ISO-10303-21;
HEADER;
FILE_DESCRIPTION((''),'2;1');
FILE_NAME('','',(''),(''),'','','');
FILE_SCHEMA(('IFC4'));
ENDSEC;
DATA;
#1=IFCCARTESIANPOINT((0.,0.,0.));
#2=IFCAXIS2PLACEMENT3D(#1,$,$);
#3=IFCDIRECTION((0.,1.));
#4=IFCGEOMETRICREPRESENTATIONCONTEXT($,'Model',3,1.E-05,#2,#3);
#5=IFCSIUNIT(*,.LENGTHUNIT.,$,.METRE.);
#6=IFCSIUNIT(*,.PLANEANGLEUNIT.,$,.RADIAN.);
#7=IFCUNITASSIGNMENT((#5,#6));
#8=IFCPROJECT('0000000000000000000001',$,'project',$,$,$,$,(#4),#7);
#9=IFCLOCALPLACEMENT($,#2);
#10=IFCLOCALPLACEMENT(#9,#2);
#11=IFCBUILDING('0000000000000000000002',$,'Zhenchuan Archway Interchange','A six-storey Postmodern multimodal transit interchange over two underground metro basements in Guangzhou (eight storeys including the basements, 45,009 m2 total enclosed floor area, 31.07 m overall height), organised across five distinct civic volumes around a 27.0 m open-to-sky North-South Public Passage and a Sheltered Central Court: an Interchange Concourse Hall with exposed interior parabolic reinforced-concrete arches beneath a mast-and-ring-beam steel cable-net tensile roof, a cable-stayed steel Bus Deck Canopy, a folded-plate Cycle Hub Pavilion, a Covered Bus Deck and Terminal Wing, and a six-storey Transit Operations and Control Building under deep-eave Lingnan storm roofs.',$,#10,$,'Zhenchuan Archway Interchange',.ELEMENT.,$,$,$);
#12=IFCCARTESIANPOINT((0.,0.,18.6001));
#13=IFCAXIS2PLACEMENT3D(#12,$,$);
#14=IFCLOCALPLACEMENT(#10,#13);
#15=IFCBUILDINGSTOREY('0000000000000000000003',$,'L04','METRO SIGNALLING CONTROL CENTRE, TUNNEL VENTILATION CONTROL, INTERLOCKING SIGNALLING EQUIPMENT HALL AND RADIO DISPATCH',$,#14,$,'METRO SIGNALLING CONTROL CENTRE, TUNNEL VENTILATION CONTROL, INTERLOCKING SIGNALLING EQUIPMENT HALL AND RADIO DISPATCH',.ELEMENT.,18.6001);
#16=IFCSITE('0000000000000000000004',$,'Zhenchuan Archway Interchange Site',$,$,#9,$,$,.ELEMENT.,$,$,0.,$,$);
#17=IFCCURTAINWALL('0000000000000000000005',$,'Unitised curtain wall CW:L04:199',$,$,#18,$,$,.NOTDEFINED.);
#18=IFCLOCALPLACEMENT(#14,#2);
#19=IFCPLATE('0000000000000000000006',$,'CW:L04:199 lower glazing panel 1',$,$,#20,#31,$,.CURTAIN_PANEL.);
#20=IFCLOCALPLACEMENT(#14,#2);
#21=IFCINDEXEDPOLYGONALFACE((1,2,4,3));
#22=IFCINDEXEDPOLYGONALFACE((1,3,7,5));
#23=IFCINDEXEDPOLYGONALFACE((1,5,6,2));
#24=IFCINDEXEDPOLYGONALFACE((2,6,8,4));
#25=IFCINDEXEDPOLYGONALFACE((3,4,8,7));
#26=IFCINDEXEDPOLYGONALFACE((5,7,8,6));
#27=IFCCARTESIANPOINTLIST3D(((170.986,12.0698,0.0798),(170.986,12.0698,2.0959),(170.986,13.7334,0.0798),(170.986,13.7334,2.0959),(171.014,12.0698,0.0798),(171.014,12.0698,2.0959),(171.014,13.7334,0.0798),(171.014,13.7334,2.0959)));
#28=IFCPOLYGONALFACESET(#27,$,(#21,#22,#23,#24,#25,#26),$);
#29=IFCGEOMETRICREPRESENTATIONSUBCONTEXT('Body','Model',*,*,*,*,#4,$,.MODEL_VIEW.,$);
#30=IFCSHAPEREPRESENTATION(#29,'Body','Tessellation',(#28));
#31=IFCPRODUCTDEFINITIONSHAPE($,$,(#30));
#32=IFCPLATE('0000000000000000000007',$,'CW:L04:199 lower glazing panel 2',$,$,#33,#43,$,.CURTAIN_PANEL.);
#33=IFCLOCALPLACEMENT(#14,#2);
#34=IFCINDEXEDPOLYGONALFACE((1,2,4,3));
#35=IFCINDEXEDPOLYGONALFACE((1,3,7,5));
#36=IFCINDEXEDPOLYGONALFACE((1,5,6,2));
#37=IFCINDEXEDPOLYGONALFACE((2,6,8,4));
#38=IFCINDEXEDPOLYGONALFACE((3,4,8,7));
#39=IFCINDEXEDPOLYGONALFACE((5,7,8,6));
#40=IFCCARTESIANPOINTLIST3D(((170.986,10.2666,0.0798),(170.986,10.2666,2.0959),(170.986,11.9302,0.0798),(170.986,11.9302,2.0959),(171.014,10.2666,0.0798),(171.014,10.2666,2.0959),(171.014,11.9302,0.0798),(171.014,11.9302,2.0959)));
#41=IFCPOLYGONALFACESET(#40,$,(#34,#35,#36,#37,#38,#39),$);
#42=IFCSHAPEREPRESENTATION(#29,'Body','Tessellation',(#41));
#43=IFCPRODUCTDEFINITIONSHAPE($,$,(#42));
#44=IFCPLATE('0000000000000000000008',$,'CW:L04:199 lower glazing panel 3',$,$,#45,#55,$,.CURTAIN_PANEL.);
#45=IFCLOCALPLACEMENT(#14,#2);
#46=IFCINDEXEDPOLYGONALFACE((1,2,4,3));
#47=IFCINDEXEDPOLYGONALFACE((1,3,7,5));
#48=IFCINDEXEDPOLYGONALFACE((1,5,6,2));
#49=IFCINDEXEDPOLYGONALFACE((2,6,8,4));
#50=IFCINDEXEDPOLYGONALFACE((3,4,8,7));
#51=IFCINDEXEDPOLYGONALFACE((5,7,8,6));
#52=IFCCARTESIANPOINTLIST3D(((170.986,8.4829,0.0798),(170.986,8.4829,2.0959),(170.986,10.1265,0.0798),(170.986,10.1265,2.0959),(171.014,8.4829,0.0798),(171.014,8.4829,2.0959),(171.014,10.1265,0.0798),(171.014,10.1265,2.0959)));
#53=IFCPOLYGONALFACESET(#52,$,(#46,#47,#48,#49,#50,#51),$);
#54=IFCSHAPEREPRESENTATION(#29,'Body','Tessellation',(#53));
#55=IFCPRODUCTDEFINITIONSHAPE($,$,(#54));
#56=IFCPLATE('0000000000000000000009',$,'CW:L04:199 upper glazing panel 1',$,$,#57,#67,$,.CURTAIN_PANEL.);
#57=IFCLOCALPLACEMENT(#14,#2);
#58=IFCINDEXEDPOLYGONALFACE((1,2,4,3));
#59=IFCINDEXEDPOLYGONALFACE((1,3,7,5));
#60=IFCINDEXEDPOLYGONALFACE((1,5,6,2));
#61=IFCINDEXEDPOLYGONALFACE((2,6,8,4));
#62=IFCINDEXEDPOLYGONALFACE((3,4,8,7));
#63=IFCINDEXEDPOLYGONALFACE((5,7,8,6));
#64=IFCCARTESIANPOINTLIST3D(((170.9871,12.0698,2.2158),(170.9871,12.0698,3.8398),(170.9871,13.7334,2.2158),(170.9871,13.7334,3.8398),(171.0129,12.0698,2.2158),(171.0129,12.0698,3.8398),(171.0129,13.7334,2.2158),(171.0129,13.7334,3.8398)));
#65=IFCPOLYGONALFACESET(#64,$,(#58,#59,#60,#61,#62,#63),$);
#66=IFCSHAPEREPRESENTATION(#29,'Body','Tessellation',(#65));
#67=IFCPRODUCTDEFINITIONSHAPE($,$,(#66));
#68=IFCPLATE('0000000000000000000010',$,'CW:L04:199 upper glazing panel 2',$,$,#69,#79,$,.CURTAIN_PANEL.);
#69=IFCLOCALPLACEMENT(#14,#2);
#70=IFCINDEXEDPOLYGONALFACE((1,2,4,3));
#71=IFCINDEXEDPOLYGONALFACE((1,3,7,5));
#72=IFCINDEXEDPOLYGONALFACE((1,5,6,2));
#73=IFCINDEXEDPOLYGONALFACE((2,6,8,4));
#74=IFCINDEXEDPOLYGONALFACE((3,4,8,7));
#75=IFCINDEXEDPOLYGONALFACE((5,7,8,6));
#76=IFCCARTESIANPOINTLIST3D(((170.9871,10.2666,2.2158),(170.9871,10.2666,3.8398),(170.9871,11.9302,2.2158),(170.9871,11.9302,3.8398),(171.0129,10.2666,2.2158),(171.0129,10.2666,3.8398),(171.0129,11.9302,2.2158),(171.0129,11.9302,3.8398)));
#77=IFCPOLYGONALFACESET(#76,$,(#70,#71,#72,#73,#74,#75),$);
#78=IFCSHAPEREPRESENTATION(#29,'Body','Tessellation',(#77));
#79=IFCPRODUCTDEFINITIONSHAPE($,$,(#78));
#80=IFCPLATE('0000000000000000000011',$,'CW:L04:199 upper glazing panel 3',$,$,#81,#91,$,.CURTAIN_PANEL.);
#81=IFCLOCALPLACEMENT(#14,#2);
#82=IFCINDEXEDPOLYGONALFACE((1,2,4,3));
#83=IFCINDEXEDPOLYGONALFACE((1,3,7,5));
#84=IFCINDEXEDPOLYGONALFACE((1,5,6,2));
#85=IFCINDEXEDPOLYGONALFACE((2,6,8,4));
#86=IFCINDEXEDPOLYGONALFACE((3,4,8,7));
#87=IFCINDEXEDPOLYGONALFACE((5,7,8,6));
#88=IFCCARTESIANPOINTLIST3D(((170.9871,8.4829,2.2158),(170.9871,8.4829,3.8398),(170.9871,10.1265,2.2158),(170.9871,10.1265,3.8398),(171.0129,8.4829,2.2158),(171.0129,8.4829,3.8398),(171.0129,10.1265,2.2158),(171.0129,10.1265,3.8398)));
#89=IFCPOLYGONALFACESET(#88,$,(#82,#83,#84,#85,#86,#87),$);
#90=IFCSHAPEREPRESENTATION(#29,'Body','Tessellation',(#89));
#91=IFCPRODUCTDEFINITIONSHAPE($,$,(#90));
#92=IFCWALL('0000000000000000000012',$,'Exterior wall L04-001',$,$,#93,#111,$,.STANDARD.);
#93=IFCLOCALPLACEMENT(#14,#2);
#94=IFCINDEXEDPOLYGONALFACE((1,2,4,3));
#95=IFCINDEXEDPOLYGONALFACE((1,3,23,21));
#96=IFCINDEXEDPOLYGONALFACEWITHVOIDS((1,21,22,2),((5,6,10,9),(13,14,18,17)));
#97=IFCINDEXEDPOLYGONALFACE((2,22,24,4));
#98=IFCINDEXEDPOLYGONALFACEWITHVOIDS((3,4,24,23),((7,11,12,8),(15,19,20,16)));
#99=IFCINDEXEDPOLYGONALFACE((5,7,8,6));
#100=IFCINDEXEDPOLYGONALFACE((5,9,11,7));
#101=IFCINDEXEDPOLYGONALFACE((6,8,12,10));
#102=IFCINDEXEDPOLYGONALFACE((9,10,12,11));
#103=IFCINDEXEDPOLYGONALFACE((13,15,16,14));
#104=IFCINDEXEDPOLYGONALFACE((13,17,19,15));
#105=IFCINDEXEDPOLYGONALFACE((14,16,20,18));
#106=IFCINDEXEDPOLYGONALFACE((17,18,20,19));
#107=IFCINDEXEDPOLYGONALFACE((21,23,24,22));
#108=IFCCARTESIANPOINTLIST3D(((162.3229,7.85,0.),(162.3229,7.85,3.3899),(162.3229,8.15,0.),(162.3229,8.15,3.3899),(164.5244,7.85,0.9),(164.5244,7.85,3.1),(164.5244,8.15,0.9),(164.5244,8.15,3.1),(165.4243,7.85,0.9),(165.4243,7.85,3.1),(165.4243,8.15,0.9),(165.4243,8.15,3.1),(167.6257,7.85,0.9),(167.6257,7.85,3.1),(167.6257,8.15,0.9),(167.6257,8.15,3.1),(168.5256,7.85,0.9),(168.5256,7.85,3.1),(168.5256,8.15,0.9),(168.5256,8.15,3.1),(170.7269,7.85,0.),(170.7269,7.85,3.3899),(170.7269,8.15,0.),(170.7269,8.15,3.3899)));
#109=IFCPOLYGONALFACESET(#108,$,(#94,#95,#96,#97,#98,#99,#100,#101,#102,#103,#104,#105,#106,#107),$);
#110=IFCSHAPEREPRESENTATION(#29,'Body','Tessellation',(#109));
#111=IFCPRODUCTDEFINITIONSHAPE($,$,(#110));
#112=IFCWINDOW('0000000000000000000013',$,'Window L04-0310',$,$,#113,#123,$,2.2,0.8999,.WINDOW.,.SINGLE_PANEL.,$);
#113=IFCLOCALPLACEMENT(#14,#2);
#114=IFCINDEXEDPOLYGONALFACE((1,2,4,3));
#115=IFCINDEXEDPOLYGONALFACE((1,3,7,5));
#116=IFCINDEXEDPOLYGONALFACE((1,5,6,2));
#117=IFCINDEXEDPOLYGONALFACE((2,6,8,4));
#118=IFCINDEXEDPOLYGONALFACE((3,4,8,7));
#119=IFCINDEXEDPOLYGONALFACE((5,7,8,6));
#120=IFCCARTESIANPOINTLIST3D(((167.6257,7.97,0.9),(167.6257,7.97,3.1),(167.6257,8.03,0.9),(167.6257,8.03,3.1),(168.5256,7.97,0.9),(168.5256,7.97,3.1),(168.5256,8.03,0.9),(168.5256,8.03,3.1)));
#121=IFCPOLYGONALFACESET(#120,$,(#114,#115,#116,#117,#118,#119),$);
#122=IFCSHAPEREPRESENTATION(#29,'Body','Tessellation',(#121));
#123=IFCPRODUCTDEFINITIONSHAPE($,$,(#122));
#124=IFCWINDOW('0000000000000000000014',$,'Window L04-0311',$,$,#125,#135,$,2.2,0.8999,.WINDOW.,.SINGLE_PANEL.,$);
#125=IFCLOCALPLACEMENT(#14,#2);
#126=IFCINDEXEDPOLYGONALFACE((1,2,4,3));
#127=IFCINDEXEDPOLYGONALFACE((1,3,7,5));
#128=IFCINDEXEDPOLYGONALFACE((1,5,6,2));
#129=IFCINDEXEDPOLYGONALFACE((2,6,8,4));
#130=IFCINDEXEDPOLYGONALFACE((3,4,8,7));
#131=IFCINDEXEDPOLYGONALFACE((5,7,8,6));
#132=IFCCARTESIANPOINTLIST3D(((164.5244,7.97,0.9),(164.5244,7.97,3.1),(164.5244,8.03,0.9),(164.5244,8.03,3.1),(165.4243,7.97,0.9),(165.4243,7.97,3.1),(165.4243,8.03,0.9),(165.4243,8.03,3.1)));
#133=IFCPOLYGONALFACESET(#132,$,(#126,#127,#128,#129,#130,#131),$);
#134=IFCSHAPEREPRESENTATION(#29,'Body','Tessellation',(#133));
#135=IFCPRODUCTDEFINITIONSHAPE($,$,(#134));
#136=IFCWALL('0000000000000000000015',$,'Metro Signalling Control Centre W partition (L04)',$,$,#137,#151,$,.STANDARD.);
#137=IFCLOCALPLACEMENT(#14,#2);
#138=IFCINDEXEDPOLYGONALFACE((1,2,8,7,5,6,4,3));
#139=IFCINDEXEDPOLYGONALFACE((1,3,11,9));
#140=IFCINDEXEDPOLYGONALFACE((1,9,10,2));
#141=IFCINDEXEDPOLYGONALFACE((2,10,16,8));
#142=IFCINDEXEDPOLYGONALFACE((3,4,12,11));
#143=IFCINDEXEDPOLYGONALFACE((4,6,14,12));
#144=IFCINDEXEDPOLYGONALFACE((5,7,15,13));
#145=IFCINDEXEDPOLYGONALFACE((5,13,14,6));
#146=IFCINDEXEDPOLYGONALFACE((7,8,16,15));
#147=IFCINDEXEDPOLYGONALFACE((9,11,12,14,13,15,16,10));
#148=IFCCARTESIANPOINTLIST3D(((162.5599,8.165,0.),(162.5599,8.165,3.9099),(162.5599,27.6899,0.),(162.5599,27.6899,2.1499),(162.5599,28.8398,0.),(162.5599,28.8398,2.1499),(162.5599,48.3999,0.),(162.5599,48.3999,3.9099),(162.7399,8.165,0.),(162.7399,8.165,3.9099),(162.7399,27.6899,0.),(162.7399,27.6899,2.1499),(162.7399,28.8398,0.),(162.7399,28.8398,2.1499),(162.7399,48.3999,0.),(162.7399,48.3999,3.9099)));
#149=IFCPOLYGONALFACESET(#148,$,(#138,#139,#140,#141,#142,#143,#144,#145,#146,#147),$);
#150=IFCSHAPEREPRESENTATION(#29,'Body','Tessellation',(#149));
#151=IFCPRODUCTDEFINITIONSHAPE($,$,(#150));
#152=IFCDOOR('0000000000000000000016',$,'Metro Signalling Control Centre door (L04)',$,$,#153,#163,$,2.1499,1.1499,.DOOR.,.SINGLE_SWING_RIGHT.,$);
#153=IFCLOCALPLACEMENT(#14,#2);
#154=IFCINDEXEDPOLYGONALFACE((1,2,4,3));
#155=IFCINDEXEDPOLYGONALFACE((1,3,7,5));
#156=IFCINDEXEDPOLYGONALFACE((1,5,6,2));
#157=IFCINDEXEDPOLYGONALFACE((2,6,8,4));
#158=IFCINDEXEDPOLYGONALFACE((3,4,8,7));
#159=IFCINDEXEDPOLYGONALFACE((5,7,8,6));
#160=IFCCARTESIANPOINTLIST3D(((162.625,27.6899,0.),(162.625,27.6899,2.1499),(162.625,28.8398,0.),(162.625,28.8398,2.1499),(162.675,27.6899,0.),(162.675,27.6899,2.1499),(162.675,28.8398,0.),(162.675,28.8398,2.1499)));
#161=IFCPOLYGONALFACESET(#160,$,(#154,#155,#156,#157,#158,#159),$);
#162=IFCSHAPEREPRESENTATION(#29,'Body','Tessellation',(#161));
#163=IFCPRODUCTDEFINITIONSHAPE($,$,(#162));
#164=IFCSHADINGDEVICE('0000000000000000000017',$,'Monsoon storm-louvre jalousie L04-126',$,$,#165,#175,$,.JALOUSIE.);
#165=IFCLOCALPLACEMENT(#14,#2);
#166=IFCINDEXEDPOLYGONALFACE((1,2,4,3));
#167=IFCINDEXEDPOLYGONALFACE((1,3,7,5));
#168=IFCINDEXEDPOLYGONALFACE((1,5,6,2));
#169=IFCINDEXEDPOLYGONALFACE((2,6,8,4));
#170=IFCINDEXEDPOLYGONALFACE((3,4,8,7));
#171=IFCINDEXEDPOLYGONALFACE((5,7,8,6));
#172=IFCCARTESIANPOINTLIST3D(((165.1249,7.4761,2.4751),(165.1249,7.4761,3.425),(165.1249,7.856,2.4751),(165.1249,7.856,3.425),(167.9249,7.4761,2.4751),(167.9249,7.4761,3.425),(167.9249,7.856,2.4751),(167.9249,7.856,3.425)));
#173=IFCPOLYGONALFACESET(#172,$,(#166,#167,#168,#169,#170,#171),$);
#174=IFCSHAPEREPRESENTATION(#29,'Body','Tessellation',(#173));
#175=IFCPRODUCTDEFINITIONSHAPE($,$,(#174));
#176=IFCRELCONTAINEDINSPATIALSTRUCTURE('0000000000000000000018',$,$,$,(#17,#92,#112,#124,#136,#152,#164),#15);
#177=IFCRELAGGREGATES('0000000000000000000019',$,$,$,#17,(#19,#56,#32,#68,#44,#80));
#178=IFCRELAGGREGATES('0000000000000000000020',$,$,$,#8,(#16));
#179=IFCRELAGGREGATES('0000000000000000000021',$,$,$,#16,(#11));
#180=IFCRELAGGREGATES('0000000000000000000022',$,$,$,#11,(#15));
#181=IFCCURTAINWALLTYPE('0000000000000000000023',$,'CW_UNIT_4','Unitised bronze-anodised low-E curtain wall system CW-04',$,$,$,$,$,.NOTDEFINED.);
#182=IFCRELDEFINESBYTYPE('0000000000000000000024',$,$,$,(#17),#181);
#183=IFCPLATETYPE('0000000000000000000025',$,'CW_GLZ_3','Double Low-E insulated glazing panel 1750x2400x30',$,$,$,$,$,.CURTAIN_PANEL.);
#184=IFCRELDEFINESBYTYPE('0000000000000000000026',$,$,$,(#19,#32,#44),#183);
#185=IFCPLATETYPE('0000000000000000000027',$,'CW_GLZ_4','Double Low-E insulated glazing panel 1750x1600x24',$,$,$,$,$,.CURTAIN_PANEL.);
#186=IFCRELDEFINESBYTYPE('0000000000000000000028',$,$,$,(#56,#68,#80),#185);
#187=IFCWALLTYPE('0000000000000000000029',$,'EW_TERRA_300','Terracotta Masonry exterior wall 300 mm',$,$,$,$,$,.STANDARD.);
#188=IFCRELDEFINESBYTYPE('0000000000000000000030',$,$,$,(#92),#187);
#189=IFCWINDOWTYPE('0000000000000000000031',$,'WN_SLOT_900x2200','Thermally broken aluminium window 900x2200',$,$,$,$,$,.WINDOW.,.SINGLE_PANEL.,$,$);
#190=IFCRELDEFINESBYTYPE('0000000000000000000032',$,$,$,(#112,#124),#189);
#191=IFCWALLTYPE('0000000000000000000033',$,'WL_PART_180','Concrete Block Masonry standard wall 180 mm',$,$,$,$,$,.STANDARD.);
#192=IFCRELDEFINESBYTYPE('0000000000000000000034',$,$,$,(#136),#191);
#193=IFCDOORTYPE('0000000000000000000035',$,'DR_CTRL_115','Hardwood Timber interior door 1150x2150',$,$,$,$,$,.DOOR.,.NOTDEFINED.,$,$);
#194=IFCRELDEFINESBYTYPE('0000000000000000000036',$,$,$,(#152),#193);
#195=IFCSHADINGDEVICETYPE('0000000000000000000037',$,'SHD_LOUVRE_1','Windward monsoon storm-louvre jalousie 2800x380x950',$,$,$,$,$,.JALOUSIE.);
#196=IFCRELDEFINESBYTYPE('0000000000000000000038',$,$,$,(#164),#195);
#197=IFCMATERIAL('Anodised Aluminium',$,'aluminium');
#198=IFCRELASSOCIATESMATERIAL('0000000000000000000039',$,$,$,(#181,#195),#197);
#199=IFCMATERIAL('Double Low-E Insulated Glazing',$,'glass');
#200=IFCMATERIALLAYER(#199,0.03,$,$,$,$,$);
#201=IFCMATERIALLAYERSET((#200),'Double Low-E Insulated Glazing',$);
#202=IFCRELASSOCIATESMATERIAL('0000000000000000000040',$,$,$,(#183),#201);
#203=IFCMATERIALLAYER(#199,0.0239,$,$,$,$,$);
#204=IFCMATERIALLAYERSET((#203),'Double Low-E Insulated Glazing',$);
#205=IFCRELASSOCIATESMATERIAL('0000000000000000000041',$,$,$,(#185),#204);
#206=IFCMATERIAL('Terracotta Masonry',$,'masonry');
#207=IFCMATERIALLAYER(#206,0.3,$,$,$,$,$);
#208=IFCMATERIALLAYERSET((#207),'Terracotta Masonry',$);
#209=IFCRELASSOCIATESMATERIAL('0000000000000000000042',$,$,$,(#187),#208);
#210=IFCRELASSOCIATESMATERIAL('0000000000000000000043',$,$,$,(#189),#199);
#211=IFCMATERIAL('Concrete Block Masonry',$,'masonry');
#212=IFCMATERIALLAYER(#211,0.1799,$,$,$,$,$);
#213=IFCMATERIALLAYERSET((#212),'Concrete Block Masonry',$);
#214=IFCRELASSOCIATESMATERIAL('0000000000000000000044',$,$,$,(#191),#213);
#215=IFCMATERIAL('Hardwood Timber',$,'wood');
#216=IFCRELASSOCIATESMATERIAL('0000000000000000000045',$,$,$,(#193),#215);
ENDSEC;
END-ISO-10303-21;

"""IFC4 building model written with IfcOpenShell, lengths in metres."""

from ifc_helpers import new_model, si_unit, direction, frame, frame_2d, origin, origin_2d, place, context, subcontext, project, spatial, rectangle, extrude, material, layer, layer_set, type_object, element, fill, aggregate, save


model = new_model("IFC4")

# Units and contexts
model_context = context("Model", 3, precision=1e-05, world=origin(), true_north=direction((0.0, 1.0)))
body_context = subcontext(model_context, "Body", "Model", "MODEL_VIEW")
ifc_project = project(units=[si_unit("LENGTHUNIT", "METRE"), si_unit("PLANEANGLEUNIT", "RADIAN")], contexts=[model_context])

# Site, building, storey
site_placement = place(None, origin())
site = spatial("IfcSite", under=ifc_project, at=site_placement, Name="Zhenchuan Archway Interchange Site", CompositionType="ELEMENT", RefElevation=0.0)
building_placement = place(site_placement, origin())
building = spatial("IfcBuilding", under=site, at=building_placement, Name="Zhenchuan Archway Interchange", Description="A six-storey Postmodern multimodal transit interchange over two underground metro basements in Guangzhou (eight storeys including the basements, 45,009 m2 total enclosed floor area, 31.07 m overall height), organised across five distinct civic volumes around a 27.0 m open-to-sky North-South Public Passage and a Sheltered Central Court: an Interchange Concourse Hall with exposed interior parabolic reinforced-concrete arches beneath a mast-and-ring-beam steel cable-net tensile roof, a cable-stayed steel Bus Deck Canopy, a folded-plate Cycle Hub Pavilion, a Covered Bus Deck and Terminal Wing, and a six-storey Transit Operations and Control Building under deep-eave Lingnan storm roofs.", LongName="Zhenchuan Archway Interchange", CompositionType="ELEMENT")
storey_placement = place(building_placement, frame((0.0, 0.0, 18.6001)))
storey = spatial("IfcBuildingStorey", under=building, at=storey_placement, Name="L04", Description="METRO SIGNALLING CONTROL CENTRE, TUNNEL VENTILATION CONTROL, INTERLOCKING SIGNALLING EQUIPMENT HALL AND RADIO DISPATCH", LongName="METRO SIGNALLING CONTROL CENTRE, TUNNEL VENTILATION CONTROL, INTERLOCKING SIGNALLING EQUIPMENT HALL AND RADIO DISPATCH", CompositionType="ELEMENT", Elevation=18.6001)

# Curtain wall
ifc_material_1 = material(Name="Anodised Aluminium", Category="aluminium")
curtain_wall_type = type_object("IfcCurtainWallType", Name="CW_UNIT_4", Description="Unitised bronze-anodised low-E curtain wall system CW-04", PredefinedType="NOTDEFINED", material=ifc_material_1)
curtain_wall_placement = place(storey_placement, origin())
curtain_wall = element("IfcCurtainWall", 1, at=curtain_wall_placement, inside=storey, type_object=curtain_wall_type, Name="Unitised curtain wall CW:L04:199", PredefinedType="NOTDEFINED")

# Plates
ifc_material_2 = material(Name="Double Low-E Insulated Glazing", Category="glass")
ifc_layer_1 = layer(ifc_material_2, 0.03)
ifc_layer_set_1 = layer_set([ifc_layer_1], Name="Double Low-E Insulated Glazing")
plate_type_1 = type_object("IfcPlateType", Name="CW_GLZ_3", Description="Double Low-E insulated glazing panel 1750x2400x30", PredefinedType="CURTAIN_PANEL", material=ifc_layer_set_1)
plate_1_placement = place(storey_placement, frame((171.0, 12.9016, 0.0798), z_axis=(0.0, 0.0, 1.0), x_axis=(0.0, -1.0, 0.0)))
plate_1 = element("IfcPlate", 2, at=plate_1_placement, type_object=plate_type_1, Name="CW:L04:199 lower glazing panel 1", PredefinedType="CURTAIN_PANEL", context=body_context, shape_type="SweptSolid", body=[
    extrude(rectangle(XDim=1.6636, YDim=0.0281, at=origin_2d()), origin(), (0.0, 0.0, 1.0), 2.0161),
])
plate_2_placement = place(storey_placement, frame((171.0, 11.0984, 0.0798), z_axis=(0.0, 0.0, 1.0), x_axis=(0.0, -1.0, 0.0)))
plate_2 = element("IfcPlate", 3, at=plate_2_placement, type_object=plate_type_1, Name="CW:L04:199 lower glazing panel 2", PredefinedType="CURTAIN_PANEL", context=body_context, shape_type="SweptSolid", body=[
    extrude(rectangle(XDim=1.6636, YDim=0.0281, at=origin_2d()), origin(), (0.0, 0.0, 1.0), 2.0161),
])
plate_3_placement = place(storey_placement, frame((171.0, 9.3047, 0.0798), z_axis=(0.0, 0.0, 1.0), x_axis=(0.0, -1.0, 0.0)))
plate_3 = element("IfcPlate", 4, at=plate_3_placement, type_object=plate_type_1, Name="CW:L04:199 lower glazing panel 3", PredefinedType="CURTAIN_PANEL", context=body_context, shape_type="SweptSolid", body=[
    extrude(rectangle(XDim=1.6436, YDim=0.0281, at=origin_2d()), origin(), (0.0, 0.0, 1.0), 2.0161),
])
ifc_layer_2 = layer(ifc_material_2, 0.0239)
ifc_layer_set_2 = layer_set([ifc_layer_2], Name="Double Low-E Insulated Glazing")
plate_type_2 = type_object("IfcPlateType", Name="CW_GLZ_4", Description="Double Low-E insulated glazing panel 1750x1600x24", PredefinedType="CURTAIN_PANEL", material=ifc_layer_set_2)
plate_4_placement = place(storey_placement, frame((171.0, 12.9016, 2.2158), z_axis=(0.0, 0.0, 1.0), x_axis=(0.0, -1.0, 0.0)))
plate_4 = element("IfcPlate", 5, at=plate_4_placement, type_object=plate_type_2, Name="CW:L04:199 upper glazing panel 1", PredefinedType="CURTAIN_PANEL", context=body_context, shape_type="SweptSolid", body=[
    extrude(rectangle(XDim=1.6636, YDim=0.0259, at=origin_2d()), origin(), (0.0, 0.0, 1.0), 1.624),
])
plate_5_placement = place(storey_placement, frame((171.0, 11.0984, 2.2158), z_axis=(0.0, 0.0, 1.0), x_axis=(0.0, -1.0, 0.0)))
plate_5 = element("IfcPlate", 6, at=plate_5_placement, type_object=plate_type_2, Name="CW:L04:199 upper glazing panel 2", PredefinedType="CURTAIN_PANEL", context=body_context, shape_type="SweptSolid", body=[
    extrude(rectangle(XDim=1.6636, YDim=0.0259, at=origin_2d()), origin(), (0.0, 0.0, 1.0), 1.624),
])
plate_6_placement = place(storey_placement, frame((171.0, 9.3047, 2.2158), z_axis=(0.0, 0.0, 1.0), x_axis=(0.0, -1.0, 0.0)))
plate_6 = element("IfcPlate", 7, at=plate_6_placement, type_object=plate_type_2, Name="CW:L04:199 upper glazing panel 3", PredefinedType="CURTAIN_PANEL", context=body_context, shape_type="SweptSolid", body=[
    extrude(rectangle(XDim=1.6436, YDim=0.0259, at=origin_2d()), origin(), (0.0, 0.0, 1.0), 1.624),
])
aggregate(curtain_wall, [plate_1, plate_4, plate_2, plate_5, plate_3, plate_6])

# Wall, openings, windows
ifc_material_3 = material(Name="Terracotta Masonry", Category="masonry")
ifc_layer_3 = layer(ifc_material_3, 0.3)
ifc_layer_set_3 = layer_set([ifc_layer_3], Name="Terracotta Masonry")
wall_type_1 = type_object("IfcWallType", Name="EW_TERRA_300", Description="Terracotta Masonry exterior wall 300 mm", PredefinedType="STANDARD", material=ifc_layer_set_3)
wall_1_placement = place(storey_placement, frame((170.7271, 8.0, 0.0), z_axis=(0.0, 0.0, 1.0), x_axis=(-1.0, 0.0, 0.0)))
wall_1 = element("IfcWall", 8, at=wall_1_placement, inside=storey, type_object=wall_type_1, Name="Exterior wall L04-001", PredefinedType="STANDARD", context=body_context, shape_type="SweptSolid", body=[
    extrude(rectangle(XDim=8.4041, YDim=0.3, at=frame_2d((4.2021, 0.0))), origin(), (0.0, 0.0, 1.0), 3.3899),
])
opening_1_placement = place(wall_1_placement, frame((2.2014, 0.0, 0.8999)))
opening_1 = element("IfcOpeningElement", 9, at=opening_1_placement, cuts=wall_1, PredefinedType="OPENING", context=body_context, shape_type="SweptSolid", body=[
    extrude(rectangle(XDim=0.8999, YDim=2.2, at=frame_2d((0.45, 1.1001))), frame((0.0, 0.1621, 0.0), z_axis=(0.0, -1.0, 0.0), x_axis=(1.0, 0.0, 0.0)), (0.0, 0.0, 1.0), 0.324),
])
opening_2_placement = place(wall_1_placement, frame((5.3027, 0.0, 0.8999)))
opening_2 = element("IfcOpeningElement", 10, at=opening_2_placement, cuts=wall_1, PredefinedType="OPENING", context=body_context, shape_type="SweptSolid", body=[
    extrude(rectangle(XDim=0.8999, YDim=2.2, at=frame_2d((0.45, 1.1001))), frame((0.0, 0.1621, 0.0), z_axis=(0.0, -1.0, 0.0), x_axis=(1.0, 0.0, 0.0)), (0.0, 0.0, 1.0), 0.324),
])
window_type = type_object("IfcWindowType", Name="WN_SLOT_900x2200", Description="Thermally broken aluminium window 900x2200", PartitioningType="SINGLE_PANEL", PredefinedType="WINDOW", material=ifc_material_2)
window_1_placement = place(opening_1_placement, origin())
window_1 = element("IfcWindow", 11, at=window_1_placement, inside=storey, type_object=window_type, Name="Window L04-0310", OverallHeight=2.2, OverallWidth=0.8999, PartitioningType="SINGLE_PANEL", PredefinedType="WINDOW", context=body_context, shape_type="SweptSolid", body=[
    extrude(rectangle(XDim=0.8999, YDim=2.2, at=frame_2d((0.45, 1.1001))), frame((0.0, 0.03, 0.0), z_axis=(0.0, -1.0, 0.0), x_axis=(1.0, 0.0, 0.0)), (0.0, 0.0, 1.0), 0.0601),
])
fill(opening_1, window_1)
window_2_placement = place(opening_2_placement, origin())
window_2 = element("IfcWindow", 12, at=window_2_placement, inside=storey, type_object=window_type, Name="Window L04-0311", OverallHeight=2.2, OverallWidth=0.8999, PartitioningType="SINGLE_PANEL", PredefinedType="WINDOW", context=body_context, shape_type="SweptSolid", body=[
    extrude(rectangle(XDim=0.8999, YDim=2.2, at=frame_2d((0.45, 1.1001))), frame((0.0, 0.03, 0.0), z_axis=(0.0, -1.0, 0.0), x_axis=(1.0, 0.0, 0.0)), (0.0, 0.0, 1.0), 0.0601),
])
fill(opening_2, window_2)

# Wall, opening, door
ifc_material_4 = material(Name="Concrete Block Masonry", Category="masonry")
ifc_layer_4 = layer(ifc_material_4, 0.1799)
ifc_layer_set_4 = layer_set([ifc_layer_4], Name="Concrete Block Masonry")
wall_type_2 = type_object("IfcWallType", Name="WL_PART_180", Description="Concrete Block Masonry standard wall 180 mm", PredefinedType="STANDARD", material=ifc_layer_set_4)
wall_2_placement = place(storey_placement, frame((162.6499, 8.165, 0.0), z_axis=(0.0, 0.0, 1.0), x_axis=(0.0, 1.0, 0.0)))
wall_2 = element("IfcWall", 13, at=wall_2_placement, inside=storey, type_object=wall_type_2, Name="Metro Signalling Control Centre W partition (L04)", PredefinedType="STANDARD", context=body_context, shape_type="SweptSolid", body=[
    extrude(rectangle(XDim=40.2349, YDim=0.1799, at=frame_2d((20.1174, 0.0))), origin(), (0.0, 0.0, 1.0), 3.9099),
])
opening_3_placement = place(wall_2_placement, frame((19.5249, 0.0, 0.0)))
opening_3 = element("IfcOpeningElement", 14, at=opening_3_placement, cuts=wall_2, PredefinedType="OPENING", context=body_context, shape_type="SweptSolid", body=[
    extrude(rectangle(XDim=1.1499, YDim=2.1499, at=frame_2d((0.575, 1.075))), frame((0.0, 0.1021, 0.0), z_axis=(0.0, -1.0, 0.0), x_axis=(1.0, 0.0, 0.0)), (0.0, 0.0, 1.0), 0.2039),
])
ifc_material_5 = material(Name="Hardwood Timber", Category="wood")
door_type = type_object("IfcDoorType", Name="DR_CTRL_115", Description="Hardwood Timber interior door 1150x2150", OperationType="NOTDEFINED", PredefinedType="DOOR", material=ifc_material_5)
door_placement = place(opening_3_placement, origin())
door = element("IfcDoor", 15, at=door_placement, inside=storey, type_object=door_type, Name="Metro Signalling Control Centre door (L04)", OperationType="SINGLE_SWING_RIGHT", OverallHeight=2.1499, OverallWidth=1.1499, PredefinedType="DOOR", context=body_context, shape_type="SweptSolid", body=[
    extrude(rectangle(XDim=1.1499, YDim=2.1499, at=frame_2d((0.575, 1.075))), frame((0.0, 0.0249, 0.0), z_axis=(0.0, -1.0, 0.0), x_axis=(1.0, 0.0, 0.0)), (0.0, 0.0, 1.0), 0.05),
])
fill(opening_3, door)

# Shading device
shading_device_type = type_object("IfcShadingDeviceType", Name="SHD_LOUVRE_1", Description="Windward monsoon storm-louvre jalousie 2800x380x950", PredefinedType="JALOUSIE", material=ifc_material_1)
shading_device_placement = place(storey_placement, frame((166.5249, 7.666, 2.4751), z_axis=(0.0, 0.0, 1.0), x_axis=(-1.0, 0.0, 0.0)))
element("IfcShadingDevice", 16, at=shading_device_placement, inside=storey, type_object=shading_device_type, Name="Monsoon storm-louvre jalousie L04-126", PredefinedType="JALOUSIE", context=body_context, shape_type="SweptSolid", body=[
    extrude(rectangle(XDim=2.8, YDim=0.3799, at=origin_2d()), origin(), (0.0, 0.0, 1.0), 0.95),
])

save(model, "model.ifc")
